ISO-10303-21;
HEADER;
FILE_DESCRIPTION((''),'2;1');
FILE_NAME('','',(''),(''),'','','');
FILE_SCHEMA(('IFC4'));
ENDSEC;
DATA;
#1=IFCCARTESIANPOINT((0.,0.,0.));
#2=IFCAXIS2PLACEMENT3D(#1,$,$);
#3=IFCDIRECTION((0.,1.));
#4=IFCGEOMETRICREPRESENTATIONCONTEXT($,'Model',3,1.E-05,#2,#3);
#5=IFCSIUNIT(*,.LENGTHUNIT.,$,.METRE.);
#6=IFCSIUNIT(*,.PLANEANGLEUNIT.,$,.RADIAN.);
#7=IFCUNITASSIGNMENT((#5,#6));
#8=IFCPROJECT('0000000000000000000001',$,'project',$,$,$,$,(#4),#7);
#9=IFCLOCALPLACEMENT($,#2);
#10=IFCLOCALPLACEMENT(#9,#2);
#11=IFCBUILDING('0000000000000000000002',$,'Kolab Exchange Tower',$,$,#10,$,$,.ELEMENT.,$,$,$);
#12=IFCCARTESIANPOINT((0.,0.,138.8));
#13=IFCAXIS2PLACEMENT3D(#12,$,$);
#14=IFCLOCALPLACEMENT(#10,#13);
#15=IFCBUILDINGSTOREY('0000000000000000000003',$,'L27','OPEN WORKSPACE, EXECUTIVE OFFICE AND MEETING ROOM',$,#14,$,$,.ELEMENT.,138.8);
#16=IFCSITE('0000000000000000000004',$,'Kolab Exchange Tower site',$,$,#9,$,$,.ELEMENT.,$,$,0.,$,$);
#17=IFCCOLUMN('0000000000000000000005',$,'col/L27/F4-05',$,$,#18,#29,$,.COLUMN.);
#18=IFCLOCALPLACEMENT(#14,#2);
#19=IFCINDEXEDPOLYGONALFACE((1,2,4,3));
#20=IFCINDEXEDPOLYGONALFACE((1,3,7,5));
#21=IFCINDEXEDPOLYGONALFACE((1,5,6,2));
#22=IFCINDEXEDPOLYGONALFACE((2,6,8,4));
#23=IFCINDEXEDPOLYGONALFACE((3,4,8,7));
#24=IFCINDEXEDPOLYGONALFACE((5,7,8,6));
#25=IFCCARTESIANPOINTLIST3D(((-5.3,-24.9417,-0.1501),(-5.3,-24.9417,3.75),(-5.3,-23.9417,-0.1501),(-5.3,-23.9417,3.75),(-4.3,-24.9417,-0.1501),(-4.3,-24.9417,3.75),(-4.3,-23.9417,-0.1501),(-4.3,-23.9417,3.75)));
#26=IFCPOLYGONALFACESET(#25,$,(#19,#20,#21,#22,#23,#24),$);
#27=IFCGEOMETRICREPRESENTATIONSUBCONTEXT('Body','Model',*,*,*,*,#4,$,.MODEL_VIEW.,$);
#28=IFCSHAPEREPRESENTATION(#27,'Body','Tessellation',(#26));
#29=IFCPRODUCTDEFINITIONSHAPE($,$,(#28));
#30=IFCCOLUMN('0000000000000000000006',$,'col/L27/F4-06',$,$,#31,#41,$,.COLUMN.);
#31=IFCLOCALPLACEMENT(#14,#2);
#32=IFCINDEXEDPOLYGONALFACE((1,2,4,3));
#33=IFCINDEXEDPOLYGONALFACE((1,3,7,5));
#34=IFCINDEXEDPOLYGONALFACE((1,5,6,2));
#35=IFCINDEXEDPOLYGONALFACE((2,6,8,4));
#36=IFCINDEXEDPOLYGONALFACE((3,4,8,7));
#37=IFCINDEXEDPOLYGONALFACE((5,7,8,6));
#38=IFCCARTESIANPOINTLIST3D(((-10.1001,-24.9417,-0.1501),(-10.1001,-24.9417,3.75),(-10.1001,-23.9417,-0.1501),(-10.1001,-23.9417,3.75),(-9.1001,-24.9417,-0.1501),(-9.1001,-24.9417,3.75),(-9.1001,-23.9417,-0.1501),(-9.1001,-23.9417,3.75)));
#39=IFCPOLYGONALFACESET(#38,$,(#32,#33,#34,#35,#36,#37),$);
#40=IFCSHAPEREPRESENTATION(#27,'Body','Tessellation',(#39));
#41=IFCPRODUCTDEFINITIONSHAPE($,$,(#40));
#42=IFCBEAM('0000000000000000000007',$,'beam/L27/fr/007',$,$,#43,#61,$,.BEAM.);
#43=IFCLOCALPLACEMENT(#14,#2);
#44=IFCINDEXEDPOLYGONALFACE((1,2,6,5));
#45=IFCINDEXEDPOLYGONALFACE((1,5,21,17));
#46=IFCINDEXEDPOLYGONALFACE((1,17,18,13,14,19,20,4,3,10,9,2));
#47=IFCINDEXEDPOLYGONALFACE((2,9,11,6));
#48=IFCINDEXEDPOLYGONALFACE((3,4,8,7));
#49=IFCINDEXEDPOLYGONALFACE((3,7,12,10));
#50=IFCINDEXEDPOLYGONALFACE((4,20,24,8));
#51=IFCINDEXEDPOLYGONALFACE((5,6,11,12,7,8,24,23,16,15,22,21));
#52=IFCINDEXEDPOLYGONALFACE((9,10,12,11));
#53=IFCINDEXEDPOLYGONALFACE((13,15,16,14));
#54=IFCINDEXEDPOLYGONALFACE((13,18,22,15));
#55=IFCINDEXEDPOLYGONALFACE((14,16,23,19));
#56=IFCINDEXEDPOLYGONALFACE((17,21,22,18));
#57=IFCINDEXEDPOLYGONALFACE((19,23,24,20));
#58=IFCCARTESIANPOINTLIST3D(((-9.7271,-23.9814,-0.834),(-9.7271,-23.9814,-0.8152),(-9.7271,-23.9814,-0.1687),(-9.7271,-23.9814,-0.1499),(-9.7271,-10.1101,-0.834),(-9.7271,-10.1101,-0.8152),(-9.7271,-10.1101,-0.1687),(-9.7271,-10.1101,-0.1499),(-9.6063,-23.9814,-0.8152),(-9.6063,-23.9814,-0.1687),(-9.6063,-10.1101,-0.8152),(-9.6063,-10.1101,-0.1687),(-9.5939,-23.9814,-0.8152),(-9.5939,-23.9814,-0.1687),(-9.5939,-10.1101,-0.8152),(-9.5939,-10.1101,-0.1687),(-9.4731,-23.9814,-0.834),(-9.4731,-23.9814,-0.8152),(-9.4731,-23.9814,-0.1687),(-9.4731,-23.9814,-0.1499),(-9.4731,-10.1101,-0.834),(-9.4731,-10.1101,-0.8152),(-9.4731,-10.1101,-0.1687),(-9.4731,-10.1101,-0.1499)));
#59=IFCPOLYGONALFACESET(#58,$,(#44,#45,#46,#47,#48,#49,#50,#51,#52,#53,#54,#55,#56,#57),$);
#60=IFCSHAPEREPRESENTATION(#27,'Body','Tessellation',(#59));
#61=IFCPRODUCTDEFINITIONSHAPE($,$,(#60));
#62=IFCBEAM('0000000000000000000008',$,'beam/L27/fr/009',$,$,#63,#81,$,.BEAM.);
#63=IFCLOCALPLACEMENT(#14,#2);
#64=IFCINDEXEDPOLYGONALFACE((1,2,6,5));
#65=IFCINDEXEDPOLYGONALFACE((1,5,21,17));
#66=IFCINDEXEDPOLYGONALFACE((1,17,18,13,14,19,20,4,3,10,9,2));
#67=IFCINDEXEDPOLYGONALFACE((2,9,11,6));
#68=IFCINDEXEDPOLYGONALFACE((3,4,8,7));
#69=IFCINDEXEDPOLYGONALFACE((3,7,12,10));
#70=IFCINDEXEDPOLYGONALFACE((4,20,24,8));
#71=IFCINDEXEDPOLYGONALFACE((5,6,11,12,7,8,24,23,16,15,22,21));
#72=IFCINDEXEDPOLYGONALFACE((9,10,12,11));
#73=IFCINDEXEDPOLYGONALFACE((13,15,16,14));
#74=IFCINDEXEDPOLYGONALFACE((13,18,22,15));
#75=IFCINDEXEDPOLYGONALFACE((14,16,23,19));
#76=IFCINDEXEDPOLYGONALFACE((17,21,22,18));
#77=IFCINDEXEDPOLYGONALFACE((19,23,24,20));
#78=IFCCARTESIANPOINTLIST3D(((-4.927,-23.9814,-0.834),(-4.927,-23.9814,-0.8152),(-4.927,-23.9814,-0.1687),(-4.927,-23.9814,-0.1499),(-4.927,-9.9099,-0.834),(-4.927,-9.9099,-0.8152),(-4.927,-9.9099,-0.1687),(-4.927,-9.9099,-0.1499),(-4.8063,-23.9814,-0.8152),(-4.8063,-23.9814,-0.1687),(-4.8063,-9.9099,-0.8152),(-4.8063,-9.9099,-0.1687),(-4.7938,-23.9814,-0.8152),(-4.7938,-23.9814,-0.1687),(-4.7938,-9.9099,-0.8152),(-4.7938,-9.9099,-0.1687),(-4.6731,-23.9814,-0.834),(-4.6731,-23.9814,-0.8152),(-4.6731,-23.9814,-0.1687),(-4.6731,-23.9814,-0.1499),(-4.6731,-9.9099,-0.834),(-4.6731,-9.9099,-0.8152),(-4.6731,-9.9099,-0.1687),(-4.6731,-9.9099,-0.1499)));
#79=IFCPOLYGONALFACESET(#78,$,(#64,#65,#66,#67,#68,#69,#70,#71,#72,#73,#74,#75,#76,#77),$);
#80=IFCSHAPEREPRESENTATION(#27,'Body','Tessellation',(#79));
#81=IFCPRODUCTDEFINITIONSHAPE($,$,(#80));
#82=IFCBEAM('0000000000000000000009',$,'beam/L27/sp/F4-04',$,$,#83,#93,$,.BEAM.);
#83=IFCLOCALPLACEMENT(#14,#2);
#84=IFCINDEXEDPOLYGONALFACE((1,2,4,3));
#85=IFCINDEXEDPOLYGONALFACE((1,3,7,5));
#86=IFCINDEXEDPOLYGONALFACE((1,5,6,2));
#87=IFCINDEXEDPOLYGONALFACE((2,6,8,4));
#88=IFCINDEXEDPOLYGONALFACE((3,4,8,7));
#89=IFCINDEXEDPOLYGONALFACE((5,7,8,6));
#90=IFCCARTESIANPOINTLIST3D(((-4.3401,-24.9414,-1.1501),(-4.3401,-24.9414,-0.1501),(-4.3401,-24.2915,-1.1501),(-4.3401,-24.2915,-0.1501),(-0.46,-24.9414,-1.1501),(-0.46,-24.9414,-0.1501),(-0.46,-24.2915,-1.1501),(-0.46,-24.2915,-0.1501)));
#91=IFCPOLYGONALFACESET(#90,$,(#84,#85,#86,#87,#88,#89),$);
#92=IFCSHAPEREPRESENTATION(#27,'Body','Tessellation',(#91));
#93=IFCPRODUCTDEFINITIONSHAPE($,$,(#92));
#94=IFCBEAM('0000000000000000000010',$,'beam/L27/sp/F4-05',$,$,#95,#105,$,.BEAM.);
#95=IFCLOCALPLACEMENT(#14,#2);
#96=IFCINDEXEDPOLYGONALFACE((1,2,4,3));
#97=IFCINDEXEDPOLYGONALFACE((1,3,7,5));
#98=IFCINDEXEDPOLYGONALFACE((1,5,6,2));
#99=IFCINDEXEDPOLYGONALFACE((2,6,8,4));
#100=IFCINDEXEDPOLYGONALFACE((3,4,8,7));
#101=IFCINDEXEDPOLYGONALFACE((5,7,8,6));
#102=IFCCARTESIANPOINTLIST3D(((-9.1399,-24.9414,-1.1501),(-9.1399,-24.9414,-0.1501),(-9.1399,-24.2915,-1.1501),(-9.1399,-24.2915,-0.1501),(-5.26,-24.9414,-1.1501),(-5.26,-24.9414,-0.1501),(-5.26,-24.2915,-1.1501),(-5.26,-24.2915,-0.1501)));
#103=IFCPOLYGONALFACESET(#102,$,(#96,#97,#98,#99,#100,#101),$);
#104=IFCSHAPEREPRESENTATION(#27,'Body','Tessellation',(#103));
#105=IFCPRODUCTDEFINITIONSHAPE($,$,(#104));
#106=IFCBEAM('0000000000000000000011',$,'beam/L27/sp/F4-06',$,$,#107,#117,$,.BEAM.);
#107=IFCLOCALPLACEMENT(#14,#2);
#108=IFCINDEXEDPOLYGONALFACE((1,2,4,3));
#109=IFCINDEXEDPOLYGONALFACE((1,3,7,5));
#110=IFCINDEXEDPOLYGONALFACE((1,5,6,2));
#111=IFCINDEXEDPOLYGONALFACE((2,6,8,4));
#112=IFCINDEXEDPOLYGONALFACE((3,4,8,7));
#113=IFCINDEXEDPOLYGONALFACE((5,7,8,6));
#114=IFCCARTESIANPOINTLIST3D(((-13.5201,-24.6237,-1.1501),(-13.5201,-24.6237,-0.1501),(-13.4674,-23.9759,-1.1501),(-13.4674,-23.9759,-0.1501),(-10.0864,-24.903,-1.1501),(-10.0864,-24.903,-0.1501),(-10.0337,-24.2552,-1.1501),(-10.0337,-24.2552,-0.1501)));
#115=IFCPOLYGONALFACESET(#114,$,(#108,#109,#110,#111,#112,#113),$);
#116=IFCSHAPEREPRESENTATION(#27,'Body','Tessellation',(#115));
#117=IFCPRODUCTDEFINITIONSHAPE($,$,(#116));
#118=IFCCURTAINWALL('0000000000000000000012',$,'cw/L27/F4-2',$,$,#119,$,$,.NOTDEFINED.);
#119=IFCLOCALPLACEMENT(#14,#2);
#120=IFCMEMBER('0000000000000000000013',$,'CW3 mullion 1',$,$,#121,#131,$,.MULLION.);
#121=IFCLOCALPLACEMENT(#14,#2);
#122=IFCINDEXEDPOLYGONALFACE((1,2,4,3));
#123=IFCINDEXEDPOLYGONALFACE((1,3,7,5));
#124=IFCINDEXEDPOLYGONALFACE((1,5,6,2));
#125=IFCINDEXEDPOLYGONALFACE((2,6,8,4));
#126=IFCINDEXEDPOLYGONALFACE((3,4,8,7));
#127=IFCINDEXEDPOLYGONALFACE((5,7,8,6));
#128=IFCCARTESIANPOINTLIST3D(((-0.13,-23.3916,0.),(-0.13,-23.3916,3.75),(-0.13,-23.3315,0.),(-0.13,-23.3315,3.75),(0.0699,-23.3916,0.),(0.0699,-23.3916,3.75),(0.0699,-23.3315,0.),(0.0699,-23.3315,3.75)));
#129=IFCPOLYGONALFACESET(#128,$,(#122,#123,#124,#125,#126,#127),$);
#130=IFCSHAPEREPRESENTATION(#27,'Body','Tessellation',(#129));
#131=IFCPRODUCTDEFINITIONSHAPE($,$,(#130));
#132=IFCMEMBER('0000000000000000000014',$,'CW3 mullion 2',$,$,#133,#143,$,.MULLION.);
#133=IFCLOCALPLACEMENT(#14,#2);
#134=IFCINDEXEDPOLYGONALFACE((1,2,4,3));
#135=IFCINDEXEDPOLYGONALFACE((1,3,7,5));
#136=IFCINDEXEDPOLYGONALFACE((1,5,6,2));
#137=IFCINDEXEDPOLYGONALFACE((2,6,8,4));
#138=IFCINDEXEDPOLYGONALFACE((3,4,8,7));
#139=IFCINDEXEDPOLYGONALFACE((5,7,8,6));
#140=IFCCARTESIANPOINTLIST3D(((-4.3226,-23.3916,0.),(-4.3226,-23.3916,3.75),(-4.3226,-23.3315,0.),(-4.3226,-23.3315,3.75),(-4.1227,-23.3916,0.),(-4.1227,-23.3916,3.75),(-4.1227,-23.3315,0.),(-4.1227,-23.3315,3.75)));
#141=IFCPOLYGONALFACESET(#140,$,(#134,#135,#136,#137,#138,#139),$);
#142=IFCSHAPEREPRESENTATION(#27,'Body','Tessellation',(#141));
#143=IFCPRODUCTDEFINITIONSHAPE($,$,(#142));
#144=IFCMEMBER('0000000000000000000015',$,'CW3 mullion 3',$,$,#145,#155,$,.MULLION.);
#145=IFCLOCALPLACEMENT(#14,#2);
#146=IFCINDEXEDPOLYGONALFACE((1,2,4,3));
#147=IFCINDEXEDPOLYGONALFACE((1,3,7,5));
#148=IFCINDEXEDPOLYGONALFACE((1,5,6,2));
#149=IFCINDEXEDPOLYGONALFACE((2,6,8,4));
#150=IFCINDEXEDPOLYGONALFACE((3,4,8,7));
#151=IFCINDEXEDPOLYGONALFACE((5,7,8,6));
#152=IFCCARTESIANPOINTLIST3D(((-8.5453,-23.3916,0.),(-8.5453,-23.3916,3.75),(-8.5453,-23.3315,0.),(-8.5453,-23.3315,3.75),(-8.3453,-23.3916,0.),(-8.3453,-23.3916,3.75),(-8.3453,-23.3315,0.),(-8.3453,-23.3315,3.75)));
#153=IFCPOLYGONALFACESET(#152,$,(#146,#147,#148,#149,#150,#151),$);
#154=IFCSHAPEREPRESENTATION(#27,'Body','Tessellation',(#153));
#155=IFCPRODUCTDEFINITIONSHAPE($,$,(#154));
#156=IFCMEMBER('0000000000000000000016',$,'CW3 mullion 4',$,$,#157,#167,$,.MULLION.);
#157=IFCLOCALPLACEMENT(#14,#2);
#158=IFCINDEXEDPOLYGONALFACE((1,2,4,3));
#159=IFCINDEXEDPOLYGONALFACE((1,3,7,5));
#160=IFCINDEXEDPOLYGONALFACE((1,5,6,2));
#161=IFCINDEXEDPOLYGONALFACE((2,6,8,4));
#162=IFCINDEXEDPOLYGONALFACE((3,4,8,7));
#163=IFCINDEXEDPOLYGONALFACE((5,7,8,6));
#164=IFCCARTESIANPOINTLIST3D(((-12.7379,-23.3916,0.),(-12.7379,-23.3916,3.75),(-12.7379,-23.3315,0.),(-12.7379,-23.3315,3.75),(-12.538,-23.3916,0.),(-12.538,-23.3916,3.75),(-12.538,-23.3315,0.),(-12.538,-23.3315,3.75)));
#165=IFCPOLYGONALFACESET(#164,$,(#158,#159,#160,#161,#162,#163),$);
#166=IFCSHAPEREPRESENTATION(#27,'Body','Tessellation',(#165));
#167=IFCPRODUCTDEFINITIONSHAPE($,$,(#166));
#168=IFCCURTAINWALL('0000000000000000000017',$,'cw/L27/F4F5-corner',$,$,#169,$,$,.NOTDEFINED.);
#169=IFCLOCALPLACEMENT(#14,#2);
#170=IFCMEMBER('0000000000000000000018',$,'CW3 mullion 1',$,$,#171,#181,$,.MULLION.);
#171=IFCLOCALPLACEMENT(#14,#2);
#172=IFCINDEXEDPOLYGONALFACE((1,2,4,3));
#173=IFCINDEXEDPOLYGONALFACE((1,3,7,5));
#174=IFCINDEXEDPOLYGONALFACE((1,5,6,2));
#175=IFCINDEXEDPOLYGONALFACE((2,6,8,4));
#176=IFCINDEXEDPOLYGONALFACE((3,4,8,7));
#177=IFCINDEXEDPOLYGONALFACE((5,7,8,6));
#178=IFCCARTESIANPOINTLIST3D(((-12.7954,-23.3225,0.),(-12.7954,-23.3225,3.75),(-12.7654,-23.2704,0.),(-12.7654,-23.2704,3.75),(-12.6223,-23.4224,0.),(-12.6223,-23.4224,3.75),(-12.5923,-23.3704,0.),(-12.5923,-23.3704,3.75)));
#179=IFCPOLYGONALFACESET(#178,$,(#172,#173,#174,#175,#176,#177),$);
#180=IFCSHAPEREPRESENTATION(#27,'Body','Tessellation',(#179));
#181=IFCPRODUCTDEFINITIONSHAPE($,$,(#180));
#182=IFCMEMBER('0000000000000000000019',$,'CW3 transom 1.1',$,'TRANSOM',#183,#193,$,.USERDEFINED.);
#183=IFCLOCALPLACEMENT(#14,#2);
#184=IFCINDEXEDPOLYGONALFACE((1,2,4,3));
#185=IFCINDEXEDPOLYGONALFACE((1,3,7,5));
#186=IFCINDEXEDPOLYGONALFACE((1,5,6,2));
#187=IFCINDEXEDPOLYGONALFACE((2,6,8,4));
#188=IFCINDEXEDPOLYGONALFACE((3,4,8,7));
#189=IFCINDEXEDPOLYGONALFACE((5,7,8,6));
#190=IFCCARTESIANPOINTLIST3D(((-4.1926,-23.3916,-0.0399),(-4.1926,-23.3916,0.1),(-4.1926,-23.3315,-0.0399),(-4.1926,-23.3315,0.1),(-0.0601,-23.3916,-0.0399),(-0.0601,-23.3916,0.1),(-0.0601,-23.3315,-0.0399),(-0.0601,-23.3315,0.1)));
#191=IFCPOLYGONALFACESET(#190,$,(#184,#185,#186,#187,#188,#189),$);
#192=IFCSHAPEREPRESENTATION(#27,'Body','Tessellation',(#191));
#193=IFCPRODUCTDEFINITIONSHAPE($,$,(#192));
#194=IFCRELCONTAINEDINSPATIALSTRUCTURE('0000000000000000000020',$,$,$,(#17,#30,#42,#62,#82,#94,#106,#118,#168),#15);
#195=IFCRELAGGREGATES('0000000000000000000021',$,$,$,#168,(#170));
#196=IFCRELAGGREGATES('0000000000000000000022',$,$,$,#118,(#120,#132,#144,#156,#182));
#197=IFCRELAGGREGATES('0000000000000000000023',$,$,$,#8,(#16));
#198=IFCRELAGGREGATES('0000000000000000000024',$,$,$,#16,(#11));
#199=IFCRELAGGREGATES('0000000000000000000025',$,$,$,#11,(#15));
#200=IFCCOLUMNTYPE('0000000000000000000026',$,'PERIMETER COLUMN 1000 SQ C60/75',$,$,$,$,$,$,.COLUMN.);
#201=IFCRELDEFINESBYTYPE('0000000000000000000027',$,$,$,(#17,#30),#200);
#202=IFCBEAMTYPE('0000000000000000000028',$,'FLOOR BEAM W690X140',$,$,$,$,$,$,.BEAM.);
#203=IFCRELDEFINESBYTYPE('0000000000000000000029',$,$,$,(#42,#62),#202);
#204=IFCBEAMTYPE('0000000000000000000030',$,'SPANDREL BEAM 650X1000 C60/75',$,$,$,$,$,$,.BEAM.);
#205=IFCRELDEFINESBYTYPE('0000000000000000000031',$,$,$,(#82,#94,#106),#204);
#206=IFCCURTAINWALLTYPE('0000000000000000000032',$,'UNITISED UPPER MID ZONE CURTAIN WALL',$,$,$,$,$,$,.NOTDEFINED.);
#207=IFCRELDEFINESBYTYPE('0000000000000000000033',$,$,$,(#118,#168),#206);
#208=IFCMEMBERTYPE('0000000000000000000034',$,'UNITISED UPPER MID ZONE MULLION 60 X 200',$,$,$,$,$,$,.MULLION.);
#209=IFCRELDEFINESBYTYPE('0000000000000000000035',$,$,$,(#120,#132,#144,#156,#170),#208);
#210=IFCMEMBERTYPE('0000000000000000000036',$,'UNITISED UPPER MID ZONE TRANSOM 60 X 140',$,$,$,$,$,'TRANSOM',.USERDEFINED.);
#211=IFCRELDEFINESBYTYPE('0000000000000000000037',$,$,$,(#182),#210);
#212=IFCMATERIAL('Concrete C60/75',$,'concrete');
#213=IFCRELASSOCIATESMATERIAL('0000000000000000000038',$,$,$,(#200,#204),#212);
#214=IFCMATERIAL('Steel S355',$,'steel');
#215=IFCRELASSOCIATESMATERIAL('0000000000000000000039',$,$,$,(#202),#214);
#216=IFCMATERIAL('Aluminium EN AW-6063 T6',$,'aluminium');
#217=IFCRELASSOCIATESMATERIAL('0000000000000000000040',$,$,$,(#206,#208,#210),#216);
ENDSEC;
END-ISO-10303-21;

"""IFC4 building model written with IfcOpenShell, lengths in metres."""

from ifc_helpers import new_model, si_unit, direction, frame, origin, origin_2d, place, context, subcontext, project, spatial, rectangle, i_section, extrude, material, material_profile, profile_set, type_object, element, aggregate, save


model = new_model("IFC4")

# Units and contexts
model_context = context("Model", 3, precision=1e-05, world=origin(), true_north=direction((0.0, 1.0)))
body_context = subcontext(model_context, "Body", "Model", "MODEL_VIEW")
ifc_project = project(units=[si_unit("LENGTHUNIT", "METRE"), si_unit("PLANEANGLEUNIT", "RADIAN")], contexts=[model_context])

# Site, building, storey
site_placement = place(None, origin())
site = spatial("IfcSite", under=ifc_project, at=site_placement, Name="Kolab Exchange Tower site", CompositionType="ELEMENT", RefElevation=0.0)
building_placement = place(site_placement, origin())
building = spatial("IfcBuilding", under=site, at=building_placement, Name="Kolab Exchange Tower", CompositionType="ELEMENT")
storey_placement = place(building_placement, frame((0.0, 0.0, 138.8)))
storey = spatial("IfcBuildingStorey", under=building, at=storey_placement, Name="L27", Description="OPEN WORKSPACE, EXECUTIVE OFFICE AND MEETING ROOM", CompositionType="ELEMENT", Elevation=138.8)

# Columns
ifc_material_1 = material(Name="Concrete C60/75", Category="concrete")
ifc_material_profile_1 = material_profile(ifc_material_1, rectangle(XDim=1.0, YDim=1.0, at=origin_2d()), Name="RC1000")
ifc_profile_set_1 = profile_set([ifc_material_profile_1], Name="Concrete C60/75")
column_type = type_object("IfcColumnType", Name="PERIMETER COLUMN 1000 SQ C60/75", PredefinedType="COLUMN", material=ifc_profile_set_1)
for number, where, z_axis, x_axis, name in (
    (1, (-4.8, -24.4417, -0.1501), (0.0, 0.0, 1.0), (1.0, 0.0, 0.0), "col/L27/F4-05"),
    (2, (-9.6001, -24.4417, -0.1501), (0.0, 0.0, 1.0), (1.0, 0.0, 0.0), "col/L27/F4-06"),
):
    element("IfcColumn", number, at=place(storey_placement, frame(where, z_axis=z_axis, x_axis=x_axis)), inside=storey, type_object=column_type, Name=name, PredefinedType="COLUMN", context=body_context, shape_type="SweptSolid", body=[
        extrude(rectangle(XDim=1.0, YDim=1.0, at=origin_2d()), origin(), (0.0, 0.0, 1.0), 3.9001),
    ])

# Beams
ifc_material_2 = material(Name="Steel S355", Category="steel")
ifc_material_profile_2 = material_profile(ifc_material_2, i_section(OverallWidth=0.2539, OverallDepth=0.6841, WebThickness=0.0125, FlangeThickness=0.0188, at=origin_2d()), Name="W690X140")
ifc_profile_set_2 = profile_set([ifc_material_profile_2], Name="Steel S355")
beam_type_1 = type_object("IfcBeamType", Name="FLOOR BEAM W690X140", PredefinedType="BEAM", material=ifc_profile_set_2)
beam_1_placement = place(storey_placement, frame((-9.6001, -23.9814, -0.4919), z_axis=(0.0, 1.0, 0.0), x_axis=(-1.0, 0.0, 0.0)))
element("IfcBeam", 3, at=beam_1_placement, inside=storey, type_object=beam_type_1, Name="beam/L27/fr/007", PredefinedType="BEAM", context=body_context, shape_type="SweptSolid", body=[
    extrude(i_section(OverallWidth=0.2539, OverallDepth=0.6841, WebThickness=0.0125, FlangeThickness=0.0188, at=origin_2d()), origin(), (0.0, 0.0, 1.0), 13.8713),
])
beam_2_placement = place(storey_placement, frame((-4.8, -23.9814, -0.4919), z_axis=(0.0, 1.0, 0.0), x_axis=(-1.0, 0.0, 0.0)))
element("IfcBeam", 4, at=beam_2_placement, inside=storey, type_object=beam_type_1, Name="beam/L27/fr/009", PredefinedType="BEAM", context=body_context, shape_type="SweptSolid", body=[
    extrude(i_section(OverallWidth=0.2539, OverallDepth=0.6841, WebThickness=0.0125, FlangeThickness=0.0188, at=origin_2d()), origin(), (0.0, 0.0, 1.0), 14.0715),
])
ifc_material_profile_3 = material_profile(ifc_material_1, rectangle(XDim=0.6499, YDim=1.0, at=origin_2d()), Name="RC650X1000")
ifc_profile_set_3 = profile_set([ifc_material_profile_3], Name="Concrete C60/75")
beam_type_2 = type_object("IfcBeamType", Name="SPANDREL BEAM 650X1000 C60/75", PredefinedType="BEAM", material=ifc_profile_set_3)
beam_3_placement = place(storey_placement, frame((-0.46, -24.6165, -0.6501), z_axis=(-1.0, 0.0, 0.0), x_axis=(0.0, -1.0, 0.0)))
element("IfcBeam", 5, at=beam_3_placement, inside=storey, type_object=beam_type_2, Name="beam/L27/sp/F4-04", PredefinedType="BEAM", context=body_context, shape_type="SweptSolid", body=[
    extrude(rectangle(XDim=0.6499, YDim=1.0, at=origin_2d()), origin(), (0.0, 0.0, 1.0), 3.8801),
])
beam_4_placement = place(storey_placement, frame((-5.26, -24.6165, -0.6501), z_axis=(-1.0, 0.0, 0.0), x_axis=(0.0, -1.0, 0.0)))
element("IfcBeam", 6, at=beam_4_placement, inside=storey, type_object=beam_type_2, Name="beam/L27/sp/F4-05", PredefinedType="BEAM", context=body_context, shape_type="SweptSolid", body=[
    extrude(rectangle(XDim=0.6499, YDim=1.0, at=origin_2d()), origin(), (0.0, 0.0, 1.0), 3.8799),
])
beam_5_placement = place(storey_placement, frame((-10.0601, -24.5791, -0.6501), z_axis=(-0.996708, 0.081069, 0.0), x_axis=(-0.081069, -0.996708, 0.0)))
element("IfcBeam", 7, at=beam_5_placement, inside=storey, type_object=beam_type_2, Name="beam/L27/sp/F4-06", PredefinedType="BEAM", context=body_context, shape_type="SweptSolid", body=[
    extrude(rectangle(XDim=0.6499, YDim=1.0, at=origin_2d()), origin(), (0.0, 0.0, 1.0), 3.4451),
])

# Curtain wall, members
ifc_material_3 = material(Name="Aluminium EN AW-6063 T6", Category="aluminium")
curtain_wall_type = type_object("IfcCurtainWallType", Name="UNITISED UPPER MID ZONE CURTAIN WALL", PredefinedType="NOTDEFINED", material=ifc_material_3)
curtain_wall_1_placement = place(storey_placement, origin())
curtain_wall_1 = element("IfcCurtainWall", 8, at=curtain_wall_1_placement, inside=storey, type_object=curtain_wall_type, Name="cw/L27/F4-2", PredefinedType="NOTDEFINED")
ifc_material_profile_4 = material_profile(ifc_material_3, rectangle(XDim=0.0601, YDim=0.2, at=origin_2d()), Name="RECT 60X200")
ifc_profile_set_4 = profile_set([ifc_material_profile_4], Name="Aluminium EN AW-6063 T6")
member_type_1 = type_object("IfcMemberType", Name="UNITISED UPPER MID ZONE MULLION 60 X 200", PredefinedType="MULLION", material=ifc_profile_set_4)
member_1_placement = place(storey_placement, frame((-0.03, -23.3616, 0.0), z_axis=(0.0, 0.0, 1.0), x_axis=(0.0, -1.0, 0.0)))
member_1 = element("IfcMember", 9, at=member_1_placement, type_object=member_type_1, Name="CW3 mullion 1", PredefinedType="MULLION", context=body_context, shape_type="SweptSolid", body=[
    extrude(rectangle(XDim=0.0601, YDim=0.2, at=origin_2d()), origin(), (0.0, 0.0, 1.0), 3.75),
])
member_2_placement = place(storey_placement, frame((-4.2227, -23.3616, 0.0), z_axis=(0.0, 0.0, 1.0), x_axis=(0.0, -1.0, 0.0)))
member_2 = element("IfcMember", 10, at=member_2_placement, type_object=member_type_1, Name="CW3 mullion 2", PredefinedType="MULLION", context=body_context, shape_type="SweptSolid", body=[
    extrude(rectangle(XDim=0.0601, YDim=0.2, at=origin_2d()), origin(), (0.0, 0.0, 1.0), 3.75),
])
member_3_placement = place(storey_placement, frame((-8.4453, -23.3616, 0.0), z_axis=(0.0, 0.0, 1.0), x_axis=(0.0, -1.0, 0.0)))
member_3 = element("IfcMember", 11, at=member_3_placement, type_object=member_type_1, Name="CW3 mullion 3", PredefinedType="MULLION", context=body_context, shape_type="SweptSolid", body=[
    extrude(rectangle(XDim=0.0601, YDim=0.2, at=origin_2d()), origin(), (0.0, 0.0, 1.0), 3.75),
])
member_4_placement = place(storey_placement, frame((-12.6379, -23.3616, 0.0), z_axis=(0.0, 0.0, 1.0), x_axis=(0.0, -1.0, 0.0)))
member_4 = element("IfcMember", 12, at=member_4_placement, type_object=member_type_1, Name="CW3 mullion 4", PredefinedType="MULLION", context=body_context, shape_type="SweptSolid", body=[
    extrude(rectangle(XDim=0.0601, YDim=0.2, at=origin_2d()), origin(), (0.0, 0.0, 1.0), 3.75),
])

# Curtain wall, member
curtain_wall_2_placement = place(storey_placement, origin())
curtain_wall_2 = element("IfcCurtainWall", 13, at=curtain_wall_2_placement, inside=storey, type_object=curtain_wall_type, Name="cw/L27/F4F5-corner", PredefinedType="NOTDEFINED")
member_5_placement = place(storey_placement, frame((-12.6938, -23.3464, 0.0), z_axis=(0.0, 0.0, 1.0), x_axis=(-0.5, -0.866025, 0.0)))
member_5 = element("IfcMember", 14, at=member_5_placement, type_object=member_type_1, Name="CW3 mullion 1", PredefinedType="MULLION", context=body_context, shape_type="SweptSolid", body=[
    extrude(rectangle(XDim=0.0601, YDim=0.2, at=origin_2d()), origin(), (0.0, 0.0, 1.0), 3.75),
])

# Member
ifc_material_profile_5 = material_profile(ifc_material_3, rectangle(XDim=0.0601, YDim=0.1399, at=origin_2d()), Name="RECT 60X140")
ifc_profile_set_5 = profile_set([ifc_material_profile_5], Name="Aluminium EN AW-6063 T6")
member_type_2 = type_object("IfcMemberType", Name="UNITISED UPPER MID ZONE TRANSOM 60 X 140", ElementType="TRANSOM", PredefinedType="USERDEFINED", material=ifc_profile_set_5)
member_6_placement = place(storey_placement, frame((-0.0601, -23.3616, 0.03), z_axis=(-1.0, 0.0, 0.0), x_axis=(0.0, -1.0, 0.0)))
member_6 = element("IfcMember", 15, at=member_6_placement, type_object=member_type_2, Name="CW3 transom 1.1", ObjectType="TRANSOM", PredefinedType="USERDEFINED", context=body_context, shape_type="SweptSolid", body=[
    extrude(rectangle(XDim=0.0601, YDim=0.1399, at=origin_2d()), origin(), (0.0, 0.0, 1.0), 4.1326),
])
aggregate(curtain_wall_2, [member_5])

aggregate(curtain_wall_1, [member_1, member_2, member_3, member_4, member_6])

save(model, "model.ifc")
